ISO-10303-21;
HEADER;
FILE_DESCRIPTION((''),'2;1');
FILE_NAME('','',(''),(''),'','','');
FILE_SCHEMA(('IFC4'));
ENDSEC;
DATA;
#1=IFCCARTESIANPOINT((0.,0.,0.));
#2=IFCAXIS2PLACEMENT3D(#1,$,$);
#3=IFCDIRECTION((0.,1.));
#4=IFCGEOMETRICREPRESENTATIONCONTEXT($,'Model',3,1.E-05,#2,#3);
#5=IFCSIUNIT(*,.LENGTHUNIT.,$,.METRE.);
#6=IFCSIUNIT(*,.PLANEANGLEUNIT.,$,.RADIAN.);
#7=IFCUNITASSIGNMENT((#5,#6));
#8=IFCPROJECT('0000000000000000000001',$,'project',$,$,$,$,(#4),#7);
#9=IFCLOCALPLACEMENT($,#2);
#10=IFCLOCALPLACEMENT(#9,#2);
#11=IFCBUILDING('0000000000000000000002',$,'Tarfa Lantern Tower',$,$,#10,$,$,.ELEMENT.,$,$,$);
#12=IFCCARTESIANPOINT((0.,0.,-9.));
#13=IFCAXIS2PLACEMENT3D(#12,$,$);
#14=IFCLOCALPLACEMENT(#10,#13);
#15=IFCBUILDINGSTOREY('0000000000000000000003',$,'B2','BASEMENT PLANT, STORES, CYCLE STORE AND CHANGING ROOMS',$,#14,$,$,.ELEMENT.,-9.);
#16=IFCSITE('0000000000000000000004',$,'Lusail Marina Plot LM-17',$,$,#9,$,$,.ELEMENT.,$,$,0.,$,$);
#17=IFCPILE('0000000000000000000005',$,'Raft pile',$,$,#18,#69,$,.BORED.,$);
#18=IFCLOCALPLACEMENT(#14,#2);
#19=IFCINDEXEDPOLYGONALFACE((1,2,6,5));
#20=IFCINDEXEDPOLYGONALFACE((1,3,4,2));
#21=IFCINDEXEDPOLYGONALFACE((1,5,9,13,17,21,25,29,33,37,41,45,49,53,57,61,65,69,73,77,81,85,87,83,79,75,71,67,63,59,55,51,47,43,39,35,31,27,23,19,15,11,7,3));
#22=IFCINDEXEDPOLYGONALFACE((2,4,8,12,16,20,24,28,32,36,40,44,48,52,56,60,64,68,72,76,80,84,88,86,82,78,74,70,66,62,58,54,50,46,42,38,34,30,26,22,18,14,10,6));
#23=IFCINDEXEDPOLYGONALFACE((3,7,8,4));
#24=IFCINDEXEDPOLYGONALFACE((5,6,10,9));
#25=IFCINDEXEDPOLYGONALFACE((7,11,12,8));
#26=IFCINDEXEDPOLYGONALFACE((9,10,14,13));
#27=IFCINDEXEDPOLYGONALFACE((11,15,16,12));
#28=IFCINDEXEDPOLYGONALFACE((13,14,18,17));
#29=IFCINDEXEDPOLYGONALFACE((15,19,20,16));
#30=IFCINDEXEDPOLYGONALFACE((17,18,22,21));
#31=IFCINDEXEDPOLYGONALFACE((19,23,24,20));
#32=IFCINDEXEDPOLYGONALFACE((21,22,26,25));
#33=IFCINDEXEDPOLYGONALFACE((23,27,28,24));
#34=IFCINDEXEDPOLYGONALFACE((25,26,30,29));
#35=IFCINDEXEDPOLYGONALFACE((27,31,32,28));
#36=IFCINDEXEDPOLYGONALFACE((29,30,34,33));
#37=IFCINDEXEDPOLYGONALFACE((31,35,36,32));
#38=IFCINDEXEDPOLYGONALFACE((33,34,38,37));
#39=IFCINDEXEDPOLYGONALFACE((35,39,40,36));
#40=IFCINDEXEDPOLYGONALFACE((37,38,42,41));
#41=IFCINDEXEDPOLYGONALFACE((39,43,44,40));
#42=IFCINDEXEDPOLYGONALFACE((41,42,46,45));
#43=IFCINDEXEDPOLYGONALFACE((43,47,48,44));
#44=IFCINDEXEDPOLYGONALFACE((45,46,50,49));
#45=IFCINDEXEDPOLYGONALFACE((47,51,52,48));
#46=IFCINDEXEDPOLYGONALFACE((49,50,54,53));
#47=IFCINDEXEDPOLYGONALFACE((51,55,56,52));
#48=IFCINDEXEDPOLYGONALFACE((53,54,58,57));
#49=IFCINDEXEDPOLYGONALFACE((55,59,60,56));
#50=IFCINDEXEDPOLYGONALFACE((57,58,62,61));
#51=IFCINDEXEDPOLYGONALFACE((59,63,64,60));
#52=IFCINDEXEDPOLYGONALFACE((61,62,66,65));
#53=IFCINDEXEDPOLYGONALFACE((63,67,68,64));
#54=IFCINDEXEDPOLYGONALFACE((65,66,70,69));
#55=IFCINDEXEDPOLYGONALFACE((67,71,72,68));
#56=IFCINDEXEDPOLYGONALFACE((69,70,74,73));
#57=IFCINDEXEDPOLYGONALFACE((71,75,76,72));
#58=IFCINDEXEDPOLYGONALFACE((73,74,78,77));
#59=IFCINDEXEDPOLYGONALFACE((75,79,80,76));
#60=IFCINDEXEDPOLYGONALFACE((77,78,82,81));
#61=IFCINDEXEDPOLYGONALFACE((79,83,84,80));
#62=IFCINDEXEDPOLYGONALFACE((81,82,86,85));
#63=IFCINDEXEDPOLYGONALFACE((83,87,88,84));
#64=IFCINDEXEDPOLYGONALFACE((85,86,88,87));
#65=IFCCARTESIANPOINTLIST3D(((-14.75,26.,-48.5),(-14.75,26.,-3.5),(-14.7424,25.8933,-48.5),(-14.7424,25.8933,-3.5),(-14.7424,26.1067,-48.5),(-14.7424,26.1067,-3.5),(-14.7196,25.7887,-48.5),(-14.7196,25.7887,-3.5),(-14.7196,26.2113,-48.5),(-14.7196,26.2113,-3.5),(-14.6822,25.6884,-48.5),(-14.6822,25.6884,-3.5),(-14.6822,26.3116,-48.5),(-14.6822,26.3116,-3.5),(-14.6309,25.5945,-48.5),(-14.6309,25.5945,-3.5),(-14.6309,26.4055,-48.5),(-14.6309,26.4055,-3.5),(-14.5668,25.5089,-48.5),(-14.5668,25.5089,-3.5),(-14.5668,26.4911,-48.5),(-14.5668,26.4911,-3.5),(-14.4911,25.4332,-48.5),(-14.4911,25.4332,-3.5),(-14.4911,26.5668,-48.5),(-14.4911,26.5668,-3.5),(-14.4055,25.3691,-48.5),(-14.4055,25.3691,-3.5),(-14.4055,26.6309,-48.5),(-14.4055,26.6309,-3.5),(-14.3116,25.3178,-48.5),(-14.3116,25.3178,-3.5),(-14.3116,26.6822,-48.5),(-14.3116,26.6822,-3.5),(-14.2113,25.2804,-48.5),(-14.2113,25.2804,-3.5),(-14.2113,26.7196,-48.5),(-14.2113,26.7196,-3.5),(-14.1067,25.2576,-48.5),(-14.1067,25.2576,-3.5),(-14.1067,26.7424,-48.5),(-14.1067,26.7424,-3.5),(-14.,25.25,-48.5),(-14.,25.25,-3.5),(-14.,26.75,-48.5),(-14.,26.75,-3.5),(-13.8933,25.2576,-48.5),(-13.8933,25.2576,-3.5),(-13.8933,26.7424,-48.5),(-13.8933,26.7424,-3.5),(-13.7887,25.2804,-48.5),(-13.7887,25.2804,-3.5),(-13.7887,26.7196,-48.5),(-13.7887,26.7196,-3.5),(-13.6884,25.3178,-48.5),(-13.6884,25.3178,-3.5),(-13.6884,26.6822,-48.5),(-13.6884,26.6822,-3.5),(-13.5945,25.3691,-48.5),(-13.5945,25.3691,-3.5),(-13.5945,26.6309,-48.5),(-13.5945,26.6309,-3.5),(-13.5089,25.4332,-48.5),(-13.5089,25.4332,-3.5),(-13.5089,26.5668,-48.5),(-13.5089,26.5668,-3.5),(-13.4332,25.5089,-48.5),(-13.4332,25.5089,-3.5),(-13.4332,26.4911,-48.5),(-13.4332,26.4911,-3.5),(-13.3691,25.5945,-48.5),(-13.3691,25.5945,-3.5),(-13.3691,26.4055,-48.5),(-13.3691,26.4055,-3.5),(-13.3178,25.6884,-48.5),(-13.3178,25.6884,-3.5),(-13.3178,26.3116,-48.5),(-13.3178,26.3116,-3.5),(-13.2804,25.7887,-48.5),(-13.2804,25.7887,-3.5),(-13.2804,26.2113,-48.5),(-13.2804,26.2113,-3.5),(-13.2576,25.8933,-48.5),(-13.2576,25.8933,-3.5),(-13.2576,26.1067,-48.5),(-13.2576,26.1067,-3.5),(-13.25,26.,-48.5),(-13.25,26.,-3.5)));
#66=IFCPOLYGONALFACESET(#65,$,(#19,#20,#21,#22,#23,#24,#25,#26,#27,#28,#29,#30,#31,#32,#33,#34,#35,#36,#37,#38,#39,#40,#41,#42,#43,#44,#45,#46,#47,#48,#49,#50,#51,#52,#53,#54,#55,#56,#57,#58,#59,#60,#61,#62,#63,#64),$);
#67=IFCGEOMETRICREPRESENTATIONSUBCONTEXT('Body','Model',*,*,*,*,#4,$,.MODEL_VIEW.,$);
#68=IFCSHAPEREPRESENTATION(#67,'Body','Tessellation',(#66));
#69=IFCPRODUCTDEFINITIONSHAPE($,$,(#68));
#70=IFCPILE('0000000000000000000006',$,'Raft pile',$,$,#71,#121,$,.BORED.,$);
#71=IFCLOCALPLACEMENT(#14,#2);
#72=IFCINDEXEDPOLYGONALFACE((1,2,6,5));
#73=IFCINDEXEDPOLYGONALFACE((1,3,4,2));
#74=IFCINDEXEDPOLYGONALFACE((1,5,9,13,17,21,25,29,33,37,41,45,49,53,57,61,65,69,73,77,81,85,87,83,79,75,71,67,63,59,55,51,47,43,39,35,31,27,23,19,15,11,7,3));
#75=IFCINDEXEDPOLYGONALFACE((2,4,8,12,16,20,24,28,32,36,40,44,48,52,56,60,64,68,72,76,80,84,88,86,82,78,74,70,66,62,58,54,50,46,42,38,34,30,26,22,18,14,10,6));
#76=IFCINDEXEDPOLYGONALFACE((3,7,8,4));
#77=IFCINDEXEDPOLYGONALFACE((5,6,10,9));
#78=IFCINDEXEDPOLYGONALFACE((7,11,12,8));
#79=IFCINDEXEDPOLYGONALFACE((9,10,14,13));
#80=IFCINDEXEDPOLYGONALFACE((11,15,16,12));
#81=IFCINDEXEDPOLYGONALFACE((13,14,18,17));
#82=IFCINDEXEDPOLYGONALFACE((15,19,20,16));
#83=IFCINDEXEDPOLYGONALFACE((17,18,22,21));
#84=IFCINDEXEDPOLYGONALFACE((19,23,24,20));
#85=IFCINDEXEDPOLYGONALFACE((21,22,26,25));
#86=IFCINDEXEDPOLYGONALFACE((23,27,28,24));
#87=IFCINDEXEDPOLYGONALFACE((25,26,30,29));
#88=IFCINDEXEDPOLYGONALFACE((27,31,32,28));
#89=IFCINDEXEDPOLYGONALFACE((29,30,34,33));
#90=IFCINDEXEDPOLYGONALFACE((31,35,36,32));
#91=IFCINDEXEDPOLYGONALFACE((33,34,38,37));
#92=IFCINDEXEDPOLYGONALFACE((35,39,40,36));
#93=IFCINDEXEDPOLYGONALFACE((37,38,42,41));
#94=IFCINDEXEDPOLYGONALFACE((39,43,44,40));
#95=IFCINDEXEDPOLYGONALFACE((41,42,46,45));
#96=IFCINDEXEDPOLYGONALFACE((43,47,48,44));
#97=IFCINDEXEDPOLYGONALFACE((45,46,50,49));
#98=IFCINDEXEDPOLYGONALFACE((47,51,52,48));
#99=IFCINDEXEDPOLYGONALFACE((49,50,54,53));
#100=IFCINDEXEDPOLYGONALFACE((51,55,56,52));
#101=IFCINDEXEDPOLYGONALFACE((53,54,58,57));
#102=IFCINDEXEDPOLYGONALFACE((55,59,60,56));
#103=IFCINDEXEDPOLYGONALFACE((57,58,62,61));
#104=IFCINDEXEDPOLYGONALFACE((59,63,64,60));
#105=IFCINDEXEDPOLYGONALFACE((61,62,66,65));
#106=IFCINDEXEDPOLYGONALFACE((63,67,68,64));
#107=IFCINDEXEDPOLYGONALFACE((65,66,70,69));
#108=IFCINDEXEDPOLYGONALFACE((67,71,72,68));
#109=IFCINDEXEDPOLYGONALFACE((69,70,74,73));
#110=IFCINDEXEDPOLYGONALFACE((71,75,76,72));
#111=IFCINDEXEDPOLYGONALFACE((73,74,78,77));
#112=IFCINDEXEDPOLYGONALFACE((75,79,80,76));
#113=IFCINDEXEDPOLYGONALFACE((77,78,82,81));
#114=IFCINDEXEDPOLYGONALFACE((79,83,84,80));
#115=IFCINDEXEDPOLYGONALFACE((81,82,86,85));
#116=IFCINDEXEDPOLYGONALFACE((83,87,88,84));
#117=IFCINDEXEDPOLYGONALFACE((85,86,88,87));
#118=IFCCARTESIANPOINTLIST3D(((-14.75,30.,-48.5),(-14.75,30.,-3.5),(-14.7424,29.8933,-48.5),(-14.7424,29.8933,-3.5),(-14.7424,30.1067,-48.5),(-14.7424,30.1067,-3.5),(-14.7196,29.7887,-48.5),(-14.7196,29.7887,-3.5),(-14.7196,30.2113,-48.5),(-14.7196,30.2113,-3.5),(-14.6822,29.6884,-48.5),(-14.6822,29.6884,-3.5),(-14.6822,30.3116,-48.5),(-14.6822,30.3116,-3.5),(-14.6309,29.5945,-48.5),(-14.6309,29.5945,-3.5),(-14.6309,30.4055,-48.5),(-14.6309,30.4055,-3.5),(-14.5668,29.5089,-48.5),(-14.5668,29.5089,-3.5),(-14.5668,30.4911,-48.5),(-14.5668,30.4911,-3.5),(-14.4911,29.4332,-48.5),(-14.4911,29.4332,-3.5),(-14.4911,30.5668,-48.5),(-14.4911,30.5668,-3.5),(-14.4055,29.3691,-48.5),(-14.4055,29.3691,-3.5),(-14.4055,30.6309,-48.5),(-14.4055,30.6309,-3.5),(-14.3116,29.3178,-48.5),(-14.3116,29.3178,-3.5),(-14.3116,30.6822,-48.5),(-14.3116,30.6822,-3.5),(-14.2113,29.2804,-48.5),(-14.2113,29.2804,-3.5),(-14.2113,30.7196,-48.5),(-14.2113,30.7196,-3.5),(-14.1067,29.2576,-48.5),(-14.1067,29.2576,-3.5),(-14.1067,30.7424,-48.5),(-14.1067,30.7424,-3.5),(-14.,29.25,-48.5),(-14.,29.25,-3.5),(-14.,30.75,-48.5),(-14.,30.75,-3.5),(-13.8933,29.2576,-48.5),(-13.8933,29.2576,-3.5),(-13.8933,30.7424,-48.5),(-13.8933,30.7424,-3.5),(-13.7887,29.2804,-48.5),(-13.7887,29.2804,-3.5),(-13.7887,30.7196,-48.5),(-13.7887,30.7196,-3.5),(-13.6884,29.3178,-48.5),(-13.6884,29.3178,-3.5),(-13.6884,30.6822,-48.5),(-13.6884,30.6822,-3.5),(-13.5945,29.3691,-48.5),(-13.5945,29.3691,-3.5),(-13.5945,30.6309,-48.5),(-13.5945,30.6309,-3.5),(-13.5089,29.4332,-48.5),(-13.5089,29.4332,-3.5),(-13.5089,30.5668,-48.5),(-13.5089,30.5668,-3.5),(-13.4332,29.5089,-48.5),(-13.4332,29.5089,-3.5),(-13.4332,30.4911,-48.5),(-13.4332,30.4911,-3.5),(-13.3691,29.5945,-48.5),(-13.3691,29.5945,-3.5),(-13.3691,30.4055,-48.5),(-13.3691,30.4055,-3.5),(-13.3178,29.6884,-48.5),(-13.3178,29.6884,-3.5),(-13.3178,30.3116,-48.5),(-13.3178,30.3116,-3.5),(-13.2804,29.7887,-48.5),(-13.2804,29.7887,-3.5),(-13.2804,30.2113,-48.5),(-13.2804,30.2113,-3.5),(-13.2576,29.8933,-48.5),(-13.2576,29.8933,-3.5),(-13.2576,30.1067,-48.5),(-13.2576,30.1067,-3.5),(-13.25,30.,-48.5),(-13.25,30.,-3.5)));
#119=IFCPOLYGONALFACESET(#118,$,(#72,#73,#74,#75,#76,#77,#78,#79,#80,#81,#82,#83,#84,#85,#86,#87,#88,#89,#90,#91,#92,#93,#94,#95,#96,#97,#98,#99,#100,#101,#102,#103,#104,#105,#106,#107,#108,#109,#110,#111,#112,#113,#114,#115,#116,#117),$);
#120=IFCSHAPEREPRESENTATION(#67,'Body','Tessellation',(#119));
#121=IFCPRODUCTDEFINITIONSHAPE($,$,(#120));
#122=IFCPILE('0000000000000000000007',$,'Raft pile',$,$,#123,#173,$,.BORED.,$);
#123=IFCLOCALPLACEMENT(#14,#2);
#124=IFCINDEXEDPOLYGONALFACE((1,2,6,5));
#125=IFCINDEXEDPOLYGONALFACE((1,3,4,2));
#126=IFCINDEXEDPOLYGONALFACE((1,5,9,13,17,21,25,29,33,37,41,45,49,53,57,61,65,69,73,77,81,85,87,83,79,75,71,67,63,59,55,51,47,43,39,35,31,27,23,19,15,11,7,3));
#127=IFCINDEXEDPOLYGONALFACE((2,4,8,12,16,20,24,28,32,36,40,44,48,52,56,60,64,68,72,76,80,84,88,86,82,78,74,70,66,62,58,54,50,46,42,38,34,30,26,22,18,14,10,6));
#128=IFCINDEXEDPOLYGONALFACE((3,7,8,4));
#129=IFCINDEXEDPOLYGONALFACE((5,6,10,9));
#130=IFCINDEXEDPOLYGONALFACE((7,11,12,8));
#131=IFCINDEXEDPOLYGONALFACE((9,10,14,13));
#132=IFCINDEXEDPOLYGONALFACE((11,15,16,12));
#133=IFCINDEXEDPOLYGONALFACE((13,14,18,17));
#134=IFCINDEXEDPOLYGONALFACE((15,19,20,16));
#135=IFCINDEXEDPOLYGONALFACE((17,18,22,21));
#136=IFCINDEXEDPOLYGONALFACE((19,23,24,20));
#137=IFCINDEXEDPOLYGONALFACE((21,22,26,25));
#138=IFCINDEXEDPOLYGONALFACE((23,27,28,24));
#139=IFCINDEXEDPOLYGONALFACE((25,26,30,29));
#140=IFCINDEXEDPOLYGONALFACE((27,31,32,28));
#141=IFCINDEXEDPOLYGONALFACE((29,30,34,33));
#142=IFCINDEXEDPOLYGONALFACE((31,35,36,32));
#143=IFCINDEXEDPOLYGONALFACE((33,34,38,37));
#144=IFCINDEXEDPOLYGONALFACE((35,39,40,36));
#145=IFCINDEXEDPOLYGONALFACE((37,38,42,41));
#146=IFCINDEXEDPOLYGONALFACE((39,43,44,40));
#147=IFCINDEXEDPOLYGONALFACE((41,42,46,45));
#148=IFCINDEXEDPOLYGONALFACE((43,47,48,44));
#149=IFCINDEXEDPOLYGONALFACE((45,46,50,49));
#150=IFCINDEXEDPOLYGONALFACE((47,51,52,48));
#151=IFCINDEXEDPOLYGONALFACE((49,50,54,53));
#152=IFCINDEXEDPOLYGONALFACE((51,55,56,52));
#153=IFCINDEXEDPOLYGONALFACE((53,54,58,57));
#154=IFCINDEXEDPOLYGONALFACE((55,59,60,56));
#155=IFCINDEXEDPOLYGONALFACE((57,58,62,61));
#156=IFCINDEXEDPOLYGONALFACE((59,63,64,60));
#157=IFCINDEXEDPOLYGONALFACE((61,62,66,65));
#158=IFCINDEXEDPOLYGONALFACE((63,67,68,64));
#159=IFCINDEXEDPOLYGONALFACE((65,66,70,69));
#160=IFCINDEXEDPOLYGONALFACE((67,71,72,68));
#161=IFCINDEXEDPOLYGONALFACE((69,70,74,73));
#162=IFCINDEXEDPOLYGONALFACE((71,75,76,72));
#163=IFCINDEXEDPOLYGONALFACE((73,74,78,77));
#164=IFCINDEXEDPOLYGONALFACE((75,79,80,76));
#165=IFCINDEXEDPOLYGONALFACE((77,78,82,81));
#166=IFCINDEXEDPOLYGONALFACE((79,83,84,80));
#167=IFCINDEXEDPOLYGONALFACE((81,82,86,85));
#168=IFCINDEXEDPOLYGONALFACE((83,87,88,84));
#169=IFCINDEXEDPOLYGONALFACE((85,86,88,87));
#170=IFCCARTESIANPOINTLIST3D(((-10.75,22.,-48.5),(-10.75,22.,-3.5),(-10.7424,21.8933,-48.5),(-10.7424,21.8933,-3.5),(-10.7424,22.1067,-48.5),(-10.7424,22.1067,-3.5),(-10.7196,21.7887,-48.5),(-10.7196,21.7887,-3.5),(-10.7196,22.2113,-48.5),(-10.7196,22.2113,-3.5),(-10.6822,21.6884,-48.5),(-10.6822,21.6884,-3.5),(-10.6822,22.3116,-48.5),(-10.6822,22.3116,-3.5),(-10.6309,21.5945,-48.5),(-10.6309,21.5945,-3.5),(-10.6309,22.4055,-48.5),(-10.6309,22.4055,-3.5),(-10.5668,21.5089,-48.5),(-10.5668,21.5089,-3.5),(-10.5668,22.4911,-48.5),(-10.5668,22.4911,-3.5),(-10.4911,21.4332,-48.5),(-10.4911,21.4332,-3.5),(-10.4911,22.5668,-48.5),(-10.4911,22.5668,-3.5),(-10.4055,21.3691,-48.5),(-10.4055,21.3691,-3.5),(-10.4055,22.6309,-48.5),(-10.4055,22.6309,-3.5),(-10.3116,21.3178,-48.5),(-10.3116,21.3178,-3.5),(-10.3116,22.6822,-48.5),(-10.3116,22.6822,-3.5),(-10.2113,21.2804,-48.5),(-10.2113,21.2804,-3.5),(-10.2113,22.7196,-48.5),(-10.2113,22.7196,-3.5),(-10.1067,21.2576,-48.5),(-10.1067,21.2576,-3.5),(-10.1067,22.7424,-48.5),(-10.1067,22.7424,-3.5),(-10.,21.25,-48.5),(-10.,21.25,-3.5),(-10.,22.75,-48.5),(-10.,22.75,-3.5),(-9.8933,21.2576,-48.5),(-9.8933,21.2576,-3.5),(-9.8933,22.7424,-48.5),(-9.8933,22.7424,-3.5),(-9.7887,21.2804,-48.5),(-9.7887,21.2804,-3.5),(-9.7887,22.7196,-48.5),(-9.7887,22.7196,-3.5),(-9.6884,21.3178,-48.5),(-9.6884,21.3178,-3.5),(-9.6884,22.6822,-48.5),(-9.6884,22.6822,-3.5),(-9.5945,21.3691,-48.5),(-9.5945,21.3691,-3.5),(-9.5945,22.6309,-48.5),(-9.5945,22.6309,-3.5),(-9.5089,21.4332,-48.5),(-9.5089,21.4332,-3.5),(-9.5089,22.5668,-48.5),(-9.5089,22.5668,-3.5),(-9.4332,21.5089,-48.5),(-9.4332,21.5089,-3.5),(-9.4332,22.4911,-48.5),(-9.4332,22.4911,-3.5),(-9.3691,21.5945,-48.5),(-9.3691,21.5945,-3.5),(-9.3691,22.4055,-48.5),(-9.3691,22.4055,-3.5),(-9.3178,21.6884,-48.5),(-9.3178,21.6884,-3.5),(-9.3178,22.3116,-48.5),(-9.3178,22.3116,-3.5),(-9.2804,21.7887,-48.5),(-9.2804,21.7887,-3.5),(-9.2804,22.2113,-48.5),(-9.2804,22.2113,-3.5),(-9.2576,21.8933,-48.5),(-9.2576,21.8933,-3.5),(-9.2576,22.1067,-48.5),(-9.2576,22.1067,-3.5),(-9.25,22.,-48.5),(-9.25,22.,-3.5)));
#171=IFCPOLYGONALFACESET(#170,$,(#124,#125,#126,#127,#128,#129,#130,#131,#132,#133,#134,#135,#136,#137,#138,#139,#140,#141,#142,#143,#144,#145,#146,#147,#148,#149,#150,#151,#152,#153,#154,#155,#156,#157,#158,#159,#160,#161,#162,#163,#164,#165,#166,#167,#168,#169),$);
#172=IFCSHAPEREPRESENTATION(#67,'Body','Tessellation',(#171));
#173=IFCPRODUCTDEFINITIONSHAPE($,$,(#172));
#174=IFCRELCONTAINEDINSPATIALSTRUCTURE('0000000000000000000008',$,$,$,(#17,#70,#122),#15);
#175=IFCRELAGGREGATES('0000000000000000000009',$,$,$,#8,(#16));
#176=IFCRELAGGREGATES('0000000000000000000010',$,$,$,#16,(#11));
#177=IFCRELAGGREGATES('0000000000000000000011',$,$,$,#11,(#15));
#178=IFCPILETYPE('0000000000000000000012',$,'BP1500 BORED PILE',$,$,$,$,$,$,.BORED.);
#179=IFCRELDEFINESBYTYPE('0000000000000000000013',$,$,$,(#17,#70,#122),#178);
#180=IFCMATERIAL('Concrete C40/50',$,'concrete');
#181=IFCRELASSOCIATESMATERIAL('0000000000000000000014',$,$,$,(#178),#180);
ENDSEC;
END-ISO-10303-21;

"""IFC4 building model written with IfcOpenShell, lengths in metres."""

from ifc_helpers import new_model, si_unit, direction, frame, origin, origin_2d, place, context, subcontext, project, spatial, circle, extrude, material, material_profile, profile_set, type_object, element, save


model = new_model("IFC4")

# Units and contexts
model_context = context("Model", 3, precision=1e-05, world=origin(), true_north=direction((0.0, 1.0)))
body_context = subcontext(model_context, "Body", "Model", "MODEL_VIEW")
ifc_project = project(units=[si_unit("LENGTHUNIT", "METRE"), si_unit("PLANEANGLEUNIT", "RADIAN")], contexts=[model_context])

# Site, building, storey
site_placement = place(None, origin())
site = spatial("IfcSite", under=ifc_project, at=site_placement, Name="Lusail Marina Plot LM-17", CompositionType="ELEMENT", RefElevation=0.0)
building_placement = place(site_placement, origin())
building = spatial("IfcBuilding", under=site, at=building_placement, Name="Tarfa Lantern Tower", CompositionType="ELEMENT")
storey_placement = place(building_placement, frame((0.0, 0.0, -9.0)))
storey = spatial("IfcBuildingStorey", under=building, at=storey_placement, Name="B2", Description="BASEMENT PLANT, STORES, CYCLE STORE AND CHANGING ROOMS", CompositionType="ELEMENT", Elevation=-9.0)

# Piles
ifc_material_1 = material(Name="Concrete C40/50", Category="concrete")
ifc_material_profile_1 = material_profile(ifc_material_1, circle(Radius=0.75, at=origin_2d()), Name="BORED PILE D1500")
ifc_profile_set_1 = profile_set([ifc_material_profile_1], Name="Concrete C40/50")
pile_type = type_object("IfcPileType", Name="BP1500 BORED PILE", PredefinedType="BORED", material=ifc_profile_set_1)
for number, where, z_axis, x_axis, name in (
    (1, (-14.0, 26.0, -3.5), (0.0, 0.0, -1.0), (1.0, 0.0, 0.0), "Raft pile"),
    (2, (-14.0, 30.0, -3.5), (0.0, 0.0, -1.0), (1.0, 0.0, 0.0), "Raft pile"),
    (3, (-10.0, 22.0, -3.5), (0.0, 0.0, -1.0), (1.0, 0.0, 0.0), "Raft pile"),
):
    element("IfcPile", number, at=place(storey_placement, frame(where, z_axis=z_axis, x_axis=x_axis)), inside=storey, type_object=pile_type, Name=name, PredefinedType="BORED", context=body_context, shape_type="SweptSolid", body=[
        extrude(circle(Radius=0.75, at=origin_2d()), origin(), (0.0, 0.0, 1.0), 45.0),
    ])

save(model, "model.ifc")
